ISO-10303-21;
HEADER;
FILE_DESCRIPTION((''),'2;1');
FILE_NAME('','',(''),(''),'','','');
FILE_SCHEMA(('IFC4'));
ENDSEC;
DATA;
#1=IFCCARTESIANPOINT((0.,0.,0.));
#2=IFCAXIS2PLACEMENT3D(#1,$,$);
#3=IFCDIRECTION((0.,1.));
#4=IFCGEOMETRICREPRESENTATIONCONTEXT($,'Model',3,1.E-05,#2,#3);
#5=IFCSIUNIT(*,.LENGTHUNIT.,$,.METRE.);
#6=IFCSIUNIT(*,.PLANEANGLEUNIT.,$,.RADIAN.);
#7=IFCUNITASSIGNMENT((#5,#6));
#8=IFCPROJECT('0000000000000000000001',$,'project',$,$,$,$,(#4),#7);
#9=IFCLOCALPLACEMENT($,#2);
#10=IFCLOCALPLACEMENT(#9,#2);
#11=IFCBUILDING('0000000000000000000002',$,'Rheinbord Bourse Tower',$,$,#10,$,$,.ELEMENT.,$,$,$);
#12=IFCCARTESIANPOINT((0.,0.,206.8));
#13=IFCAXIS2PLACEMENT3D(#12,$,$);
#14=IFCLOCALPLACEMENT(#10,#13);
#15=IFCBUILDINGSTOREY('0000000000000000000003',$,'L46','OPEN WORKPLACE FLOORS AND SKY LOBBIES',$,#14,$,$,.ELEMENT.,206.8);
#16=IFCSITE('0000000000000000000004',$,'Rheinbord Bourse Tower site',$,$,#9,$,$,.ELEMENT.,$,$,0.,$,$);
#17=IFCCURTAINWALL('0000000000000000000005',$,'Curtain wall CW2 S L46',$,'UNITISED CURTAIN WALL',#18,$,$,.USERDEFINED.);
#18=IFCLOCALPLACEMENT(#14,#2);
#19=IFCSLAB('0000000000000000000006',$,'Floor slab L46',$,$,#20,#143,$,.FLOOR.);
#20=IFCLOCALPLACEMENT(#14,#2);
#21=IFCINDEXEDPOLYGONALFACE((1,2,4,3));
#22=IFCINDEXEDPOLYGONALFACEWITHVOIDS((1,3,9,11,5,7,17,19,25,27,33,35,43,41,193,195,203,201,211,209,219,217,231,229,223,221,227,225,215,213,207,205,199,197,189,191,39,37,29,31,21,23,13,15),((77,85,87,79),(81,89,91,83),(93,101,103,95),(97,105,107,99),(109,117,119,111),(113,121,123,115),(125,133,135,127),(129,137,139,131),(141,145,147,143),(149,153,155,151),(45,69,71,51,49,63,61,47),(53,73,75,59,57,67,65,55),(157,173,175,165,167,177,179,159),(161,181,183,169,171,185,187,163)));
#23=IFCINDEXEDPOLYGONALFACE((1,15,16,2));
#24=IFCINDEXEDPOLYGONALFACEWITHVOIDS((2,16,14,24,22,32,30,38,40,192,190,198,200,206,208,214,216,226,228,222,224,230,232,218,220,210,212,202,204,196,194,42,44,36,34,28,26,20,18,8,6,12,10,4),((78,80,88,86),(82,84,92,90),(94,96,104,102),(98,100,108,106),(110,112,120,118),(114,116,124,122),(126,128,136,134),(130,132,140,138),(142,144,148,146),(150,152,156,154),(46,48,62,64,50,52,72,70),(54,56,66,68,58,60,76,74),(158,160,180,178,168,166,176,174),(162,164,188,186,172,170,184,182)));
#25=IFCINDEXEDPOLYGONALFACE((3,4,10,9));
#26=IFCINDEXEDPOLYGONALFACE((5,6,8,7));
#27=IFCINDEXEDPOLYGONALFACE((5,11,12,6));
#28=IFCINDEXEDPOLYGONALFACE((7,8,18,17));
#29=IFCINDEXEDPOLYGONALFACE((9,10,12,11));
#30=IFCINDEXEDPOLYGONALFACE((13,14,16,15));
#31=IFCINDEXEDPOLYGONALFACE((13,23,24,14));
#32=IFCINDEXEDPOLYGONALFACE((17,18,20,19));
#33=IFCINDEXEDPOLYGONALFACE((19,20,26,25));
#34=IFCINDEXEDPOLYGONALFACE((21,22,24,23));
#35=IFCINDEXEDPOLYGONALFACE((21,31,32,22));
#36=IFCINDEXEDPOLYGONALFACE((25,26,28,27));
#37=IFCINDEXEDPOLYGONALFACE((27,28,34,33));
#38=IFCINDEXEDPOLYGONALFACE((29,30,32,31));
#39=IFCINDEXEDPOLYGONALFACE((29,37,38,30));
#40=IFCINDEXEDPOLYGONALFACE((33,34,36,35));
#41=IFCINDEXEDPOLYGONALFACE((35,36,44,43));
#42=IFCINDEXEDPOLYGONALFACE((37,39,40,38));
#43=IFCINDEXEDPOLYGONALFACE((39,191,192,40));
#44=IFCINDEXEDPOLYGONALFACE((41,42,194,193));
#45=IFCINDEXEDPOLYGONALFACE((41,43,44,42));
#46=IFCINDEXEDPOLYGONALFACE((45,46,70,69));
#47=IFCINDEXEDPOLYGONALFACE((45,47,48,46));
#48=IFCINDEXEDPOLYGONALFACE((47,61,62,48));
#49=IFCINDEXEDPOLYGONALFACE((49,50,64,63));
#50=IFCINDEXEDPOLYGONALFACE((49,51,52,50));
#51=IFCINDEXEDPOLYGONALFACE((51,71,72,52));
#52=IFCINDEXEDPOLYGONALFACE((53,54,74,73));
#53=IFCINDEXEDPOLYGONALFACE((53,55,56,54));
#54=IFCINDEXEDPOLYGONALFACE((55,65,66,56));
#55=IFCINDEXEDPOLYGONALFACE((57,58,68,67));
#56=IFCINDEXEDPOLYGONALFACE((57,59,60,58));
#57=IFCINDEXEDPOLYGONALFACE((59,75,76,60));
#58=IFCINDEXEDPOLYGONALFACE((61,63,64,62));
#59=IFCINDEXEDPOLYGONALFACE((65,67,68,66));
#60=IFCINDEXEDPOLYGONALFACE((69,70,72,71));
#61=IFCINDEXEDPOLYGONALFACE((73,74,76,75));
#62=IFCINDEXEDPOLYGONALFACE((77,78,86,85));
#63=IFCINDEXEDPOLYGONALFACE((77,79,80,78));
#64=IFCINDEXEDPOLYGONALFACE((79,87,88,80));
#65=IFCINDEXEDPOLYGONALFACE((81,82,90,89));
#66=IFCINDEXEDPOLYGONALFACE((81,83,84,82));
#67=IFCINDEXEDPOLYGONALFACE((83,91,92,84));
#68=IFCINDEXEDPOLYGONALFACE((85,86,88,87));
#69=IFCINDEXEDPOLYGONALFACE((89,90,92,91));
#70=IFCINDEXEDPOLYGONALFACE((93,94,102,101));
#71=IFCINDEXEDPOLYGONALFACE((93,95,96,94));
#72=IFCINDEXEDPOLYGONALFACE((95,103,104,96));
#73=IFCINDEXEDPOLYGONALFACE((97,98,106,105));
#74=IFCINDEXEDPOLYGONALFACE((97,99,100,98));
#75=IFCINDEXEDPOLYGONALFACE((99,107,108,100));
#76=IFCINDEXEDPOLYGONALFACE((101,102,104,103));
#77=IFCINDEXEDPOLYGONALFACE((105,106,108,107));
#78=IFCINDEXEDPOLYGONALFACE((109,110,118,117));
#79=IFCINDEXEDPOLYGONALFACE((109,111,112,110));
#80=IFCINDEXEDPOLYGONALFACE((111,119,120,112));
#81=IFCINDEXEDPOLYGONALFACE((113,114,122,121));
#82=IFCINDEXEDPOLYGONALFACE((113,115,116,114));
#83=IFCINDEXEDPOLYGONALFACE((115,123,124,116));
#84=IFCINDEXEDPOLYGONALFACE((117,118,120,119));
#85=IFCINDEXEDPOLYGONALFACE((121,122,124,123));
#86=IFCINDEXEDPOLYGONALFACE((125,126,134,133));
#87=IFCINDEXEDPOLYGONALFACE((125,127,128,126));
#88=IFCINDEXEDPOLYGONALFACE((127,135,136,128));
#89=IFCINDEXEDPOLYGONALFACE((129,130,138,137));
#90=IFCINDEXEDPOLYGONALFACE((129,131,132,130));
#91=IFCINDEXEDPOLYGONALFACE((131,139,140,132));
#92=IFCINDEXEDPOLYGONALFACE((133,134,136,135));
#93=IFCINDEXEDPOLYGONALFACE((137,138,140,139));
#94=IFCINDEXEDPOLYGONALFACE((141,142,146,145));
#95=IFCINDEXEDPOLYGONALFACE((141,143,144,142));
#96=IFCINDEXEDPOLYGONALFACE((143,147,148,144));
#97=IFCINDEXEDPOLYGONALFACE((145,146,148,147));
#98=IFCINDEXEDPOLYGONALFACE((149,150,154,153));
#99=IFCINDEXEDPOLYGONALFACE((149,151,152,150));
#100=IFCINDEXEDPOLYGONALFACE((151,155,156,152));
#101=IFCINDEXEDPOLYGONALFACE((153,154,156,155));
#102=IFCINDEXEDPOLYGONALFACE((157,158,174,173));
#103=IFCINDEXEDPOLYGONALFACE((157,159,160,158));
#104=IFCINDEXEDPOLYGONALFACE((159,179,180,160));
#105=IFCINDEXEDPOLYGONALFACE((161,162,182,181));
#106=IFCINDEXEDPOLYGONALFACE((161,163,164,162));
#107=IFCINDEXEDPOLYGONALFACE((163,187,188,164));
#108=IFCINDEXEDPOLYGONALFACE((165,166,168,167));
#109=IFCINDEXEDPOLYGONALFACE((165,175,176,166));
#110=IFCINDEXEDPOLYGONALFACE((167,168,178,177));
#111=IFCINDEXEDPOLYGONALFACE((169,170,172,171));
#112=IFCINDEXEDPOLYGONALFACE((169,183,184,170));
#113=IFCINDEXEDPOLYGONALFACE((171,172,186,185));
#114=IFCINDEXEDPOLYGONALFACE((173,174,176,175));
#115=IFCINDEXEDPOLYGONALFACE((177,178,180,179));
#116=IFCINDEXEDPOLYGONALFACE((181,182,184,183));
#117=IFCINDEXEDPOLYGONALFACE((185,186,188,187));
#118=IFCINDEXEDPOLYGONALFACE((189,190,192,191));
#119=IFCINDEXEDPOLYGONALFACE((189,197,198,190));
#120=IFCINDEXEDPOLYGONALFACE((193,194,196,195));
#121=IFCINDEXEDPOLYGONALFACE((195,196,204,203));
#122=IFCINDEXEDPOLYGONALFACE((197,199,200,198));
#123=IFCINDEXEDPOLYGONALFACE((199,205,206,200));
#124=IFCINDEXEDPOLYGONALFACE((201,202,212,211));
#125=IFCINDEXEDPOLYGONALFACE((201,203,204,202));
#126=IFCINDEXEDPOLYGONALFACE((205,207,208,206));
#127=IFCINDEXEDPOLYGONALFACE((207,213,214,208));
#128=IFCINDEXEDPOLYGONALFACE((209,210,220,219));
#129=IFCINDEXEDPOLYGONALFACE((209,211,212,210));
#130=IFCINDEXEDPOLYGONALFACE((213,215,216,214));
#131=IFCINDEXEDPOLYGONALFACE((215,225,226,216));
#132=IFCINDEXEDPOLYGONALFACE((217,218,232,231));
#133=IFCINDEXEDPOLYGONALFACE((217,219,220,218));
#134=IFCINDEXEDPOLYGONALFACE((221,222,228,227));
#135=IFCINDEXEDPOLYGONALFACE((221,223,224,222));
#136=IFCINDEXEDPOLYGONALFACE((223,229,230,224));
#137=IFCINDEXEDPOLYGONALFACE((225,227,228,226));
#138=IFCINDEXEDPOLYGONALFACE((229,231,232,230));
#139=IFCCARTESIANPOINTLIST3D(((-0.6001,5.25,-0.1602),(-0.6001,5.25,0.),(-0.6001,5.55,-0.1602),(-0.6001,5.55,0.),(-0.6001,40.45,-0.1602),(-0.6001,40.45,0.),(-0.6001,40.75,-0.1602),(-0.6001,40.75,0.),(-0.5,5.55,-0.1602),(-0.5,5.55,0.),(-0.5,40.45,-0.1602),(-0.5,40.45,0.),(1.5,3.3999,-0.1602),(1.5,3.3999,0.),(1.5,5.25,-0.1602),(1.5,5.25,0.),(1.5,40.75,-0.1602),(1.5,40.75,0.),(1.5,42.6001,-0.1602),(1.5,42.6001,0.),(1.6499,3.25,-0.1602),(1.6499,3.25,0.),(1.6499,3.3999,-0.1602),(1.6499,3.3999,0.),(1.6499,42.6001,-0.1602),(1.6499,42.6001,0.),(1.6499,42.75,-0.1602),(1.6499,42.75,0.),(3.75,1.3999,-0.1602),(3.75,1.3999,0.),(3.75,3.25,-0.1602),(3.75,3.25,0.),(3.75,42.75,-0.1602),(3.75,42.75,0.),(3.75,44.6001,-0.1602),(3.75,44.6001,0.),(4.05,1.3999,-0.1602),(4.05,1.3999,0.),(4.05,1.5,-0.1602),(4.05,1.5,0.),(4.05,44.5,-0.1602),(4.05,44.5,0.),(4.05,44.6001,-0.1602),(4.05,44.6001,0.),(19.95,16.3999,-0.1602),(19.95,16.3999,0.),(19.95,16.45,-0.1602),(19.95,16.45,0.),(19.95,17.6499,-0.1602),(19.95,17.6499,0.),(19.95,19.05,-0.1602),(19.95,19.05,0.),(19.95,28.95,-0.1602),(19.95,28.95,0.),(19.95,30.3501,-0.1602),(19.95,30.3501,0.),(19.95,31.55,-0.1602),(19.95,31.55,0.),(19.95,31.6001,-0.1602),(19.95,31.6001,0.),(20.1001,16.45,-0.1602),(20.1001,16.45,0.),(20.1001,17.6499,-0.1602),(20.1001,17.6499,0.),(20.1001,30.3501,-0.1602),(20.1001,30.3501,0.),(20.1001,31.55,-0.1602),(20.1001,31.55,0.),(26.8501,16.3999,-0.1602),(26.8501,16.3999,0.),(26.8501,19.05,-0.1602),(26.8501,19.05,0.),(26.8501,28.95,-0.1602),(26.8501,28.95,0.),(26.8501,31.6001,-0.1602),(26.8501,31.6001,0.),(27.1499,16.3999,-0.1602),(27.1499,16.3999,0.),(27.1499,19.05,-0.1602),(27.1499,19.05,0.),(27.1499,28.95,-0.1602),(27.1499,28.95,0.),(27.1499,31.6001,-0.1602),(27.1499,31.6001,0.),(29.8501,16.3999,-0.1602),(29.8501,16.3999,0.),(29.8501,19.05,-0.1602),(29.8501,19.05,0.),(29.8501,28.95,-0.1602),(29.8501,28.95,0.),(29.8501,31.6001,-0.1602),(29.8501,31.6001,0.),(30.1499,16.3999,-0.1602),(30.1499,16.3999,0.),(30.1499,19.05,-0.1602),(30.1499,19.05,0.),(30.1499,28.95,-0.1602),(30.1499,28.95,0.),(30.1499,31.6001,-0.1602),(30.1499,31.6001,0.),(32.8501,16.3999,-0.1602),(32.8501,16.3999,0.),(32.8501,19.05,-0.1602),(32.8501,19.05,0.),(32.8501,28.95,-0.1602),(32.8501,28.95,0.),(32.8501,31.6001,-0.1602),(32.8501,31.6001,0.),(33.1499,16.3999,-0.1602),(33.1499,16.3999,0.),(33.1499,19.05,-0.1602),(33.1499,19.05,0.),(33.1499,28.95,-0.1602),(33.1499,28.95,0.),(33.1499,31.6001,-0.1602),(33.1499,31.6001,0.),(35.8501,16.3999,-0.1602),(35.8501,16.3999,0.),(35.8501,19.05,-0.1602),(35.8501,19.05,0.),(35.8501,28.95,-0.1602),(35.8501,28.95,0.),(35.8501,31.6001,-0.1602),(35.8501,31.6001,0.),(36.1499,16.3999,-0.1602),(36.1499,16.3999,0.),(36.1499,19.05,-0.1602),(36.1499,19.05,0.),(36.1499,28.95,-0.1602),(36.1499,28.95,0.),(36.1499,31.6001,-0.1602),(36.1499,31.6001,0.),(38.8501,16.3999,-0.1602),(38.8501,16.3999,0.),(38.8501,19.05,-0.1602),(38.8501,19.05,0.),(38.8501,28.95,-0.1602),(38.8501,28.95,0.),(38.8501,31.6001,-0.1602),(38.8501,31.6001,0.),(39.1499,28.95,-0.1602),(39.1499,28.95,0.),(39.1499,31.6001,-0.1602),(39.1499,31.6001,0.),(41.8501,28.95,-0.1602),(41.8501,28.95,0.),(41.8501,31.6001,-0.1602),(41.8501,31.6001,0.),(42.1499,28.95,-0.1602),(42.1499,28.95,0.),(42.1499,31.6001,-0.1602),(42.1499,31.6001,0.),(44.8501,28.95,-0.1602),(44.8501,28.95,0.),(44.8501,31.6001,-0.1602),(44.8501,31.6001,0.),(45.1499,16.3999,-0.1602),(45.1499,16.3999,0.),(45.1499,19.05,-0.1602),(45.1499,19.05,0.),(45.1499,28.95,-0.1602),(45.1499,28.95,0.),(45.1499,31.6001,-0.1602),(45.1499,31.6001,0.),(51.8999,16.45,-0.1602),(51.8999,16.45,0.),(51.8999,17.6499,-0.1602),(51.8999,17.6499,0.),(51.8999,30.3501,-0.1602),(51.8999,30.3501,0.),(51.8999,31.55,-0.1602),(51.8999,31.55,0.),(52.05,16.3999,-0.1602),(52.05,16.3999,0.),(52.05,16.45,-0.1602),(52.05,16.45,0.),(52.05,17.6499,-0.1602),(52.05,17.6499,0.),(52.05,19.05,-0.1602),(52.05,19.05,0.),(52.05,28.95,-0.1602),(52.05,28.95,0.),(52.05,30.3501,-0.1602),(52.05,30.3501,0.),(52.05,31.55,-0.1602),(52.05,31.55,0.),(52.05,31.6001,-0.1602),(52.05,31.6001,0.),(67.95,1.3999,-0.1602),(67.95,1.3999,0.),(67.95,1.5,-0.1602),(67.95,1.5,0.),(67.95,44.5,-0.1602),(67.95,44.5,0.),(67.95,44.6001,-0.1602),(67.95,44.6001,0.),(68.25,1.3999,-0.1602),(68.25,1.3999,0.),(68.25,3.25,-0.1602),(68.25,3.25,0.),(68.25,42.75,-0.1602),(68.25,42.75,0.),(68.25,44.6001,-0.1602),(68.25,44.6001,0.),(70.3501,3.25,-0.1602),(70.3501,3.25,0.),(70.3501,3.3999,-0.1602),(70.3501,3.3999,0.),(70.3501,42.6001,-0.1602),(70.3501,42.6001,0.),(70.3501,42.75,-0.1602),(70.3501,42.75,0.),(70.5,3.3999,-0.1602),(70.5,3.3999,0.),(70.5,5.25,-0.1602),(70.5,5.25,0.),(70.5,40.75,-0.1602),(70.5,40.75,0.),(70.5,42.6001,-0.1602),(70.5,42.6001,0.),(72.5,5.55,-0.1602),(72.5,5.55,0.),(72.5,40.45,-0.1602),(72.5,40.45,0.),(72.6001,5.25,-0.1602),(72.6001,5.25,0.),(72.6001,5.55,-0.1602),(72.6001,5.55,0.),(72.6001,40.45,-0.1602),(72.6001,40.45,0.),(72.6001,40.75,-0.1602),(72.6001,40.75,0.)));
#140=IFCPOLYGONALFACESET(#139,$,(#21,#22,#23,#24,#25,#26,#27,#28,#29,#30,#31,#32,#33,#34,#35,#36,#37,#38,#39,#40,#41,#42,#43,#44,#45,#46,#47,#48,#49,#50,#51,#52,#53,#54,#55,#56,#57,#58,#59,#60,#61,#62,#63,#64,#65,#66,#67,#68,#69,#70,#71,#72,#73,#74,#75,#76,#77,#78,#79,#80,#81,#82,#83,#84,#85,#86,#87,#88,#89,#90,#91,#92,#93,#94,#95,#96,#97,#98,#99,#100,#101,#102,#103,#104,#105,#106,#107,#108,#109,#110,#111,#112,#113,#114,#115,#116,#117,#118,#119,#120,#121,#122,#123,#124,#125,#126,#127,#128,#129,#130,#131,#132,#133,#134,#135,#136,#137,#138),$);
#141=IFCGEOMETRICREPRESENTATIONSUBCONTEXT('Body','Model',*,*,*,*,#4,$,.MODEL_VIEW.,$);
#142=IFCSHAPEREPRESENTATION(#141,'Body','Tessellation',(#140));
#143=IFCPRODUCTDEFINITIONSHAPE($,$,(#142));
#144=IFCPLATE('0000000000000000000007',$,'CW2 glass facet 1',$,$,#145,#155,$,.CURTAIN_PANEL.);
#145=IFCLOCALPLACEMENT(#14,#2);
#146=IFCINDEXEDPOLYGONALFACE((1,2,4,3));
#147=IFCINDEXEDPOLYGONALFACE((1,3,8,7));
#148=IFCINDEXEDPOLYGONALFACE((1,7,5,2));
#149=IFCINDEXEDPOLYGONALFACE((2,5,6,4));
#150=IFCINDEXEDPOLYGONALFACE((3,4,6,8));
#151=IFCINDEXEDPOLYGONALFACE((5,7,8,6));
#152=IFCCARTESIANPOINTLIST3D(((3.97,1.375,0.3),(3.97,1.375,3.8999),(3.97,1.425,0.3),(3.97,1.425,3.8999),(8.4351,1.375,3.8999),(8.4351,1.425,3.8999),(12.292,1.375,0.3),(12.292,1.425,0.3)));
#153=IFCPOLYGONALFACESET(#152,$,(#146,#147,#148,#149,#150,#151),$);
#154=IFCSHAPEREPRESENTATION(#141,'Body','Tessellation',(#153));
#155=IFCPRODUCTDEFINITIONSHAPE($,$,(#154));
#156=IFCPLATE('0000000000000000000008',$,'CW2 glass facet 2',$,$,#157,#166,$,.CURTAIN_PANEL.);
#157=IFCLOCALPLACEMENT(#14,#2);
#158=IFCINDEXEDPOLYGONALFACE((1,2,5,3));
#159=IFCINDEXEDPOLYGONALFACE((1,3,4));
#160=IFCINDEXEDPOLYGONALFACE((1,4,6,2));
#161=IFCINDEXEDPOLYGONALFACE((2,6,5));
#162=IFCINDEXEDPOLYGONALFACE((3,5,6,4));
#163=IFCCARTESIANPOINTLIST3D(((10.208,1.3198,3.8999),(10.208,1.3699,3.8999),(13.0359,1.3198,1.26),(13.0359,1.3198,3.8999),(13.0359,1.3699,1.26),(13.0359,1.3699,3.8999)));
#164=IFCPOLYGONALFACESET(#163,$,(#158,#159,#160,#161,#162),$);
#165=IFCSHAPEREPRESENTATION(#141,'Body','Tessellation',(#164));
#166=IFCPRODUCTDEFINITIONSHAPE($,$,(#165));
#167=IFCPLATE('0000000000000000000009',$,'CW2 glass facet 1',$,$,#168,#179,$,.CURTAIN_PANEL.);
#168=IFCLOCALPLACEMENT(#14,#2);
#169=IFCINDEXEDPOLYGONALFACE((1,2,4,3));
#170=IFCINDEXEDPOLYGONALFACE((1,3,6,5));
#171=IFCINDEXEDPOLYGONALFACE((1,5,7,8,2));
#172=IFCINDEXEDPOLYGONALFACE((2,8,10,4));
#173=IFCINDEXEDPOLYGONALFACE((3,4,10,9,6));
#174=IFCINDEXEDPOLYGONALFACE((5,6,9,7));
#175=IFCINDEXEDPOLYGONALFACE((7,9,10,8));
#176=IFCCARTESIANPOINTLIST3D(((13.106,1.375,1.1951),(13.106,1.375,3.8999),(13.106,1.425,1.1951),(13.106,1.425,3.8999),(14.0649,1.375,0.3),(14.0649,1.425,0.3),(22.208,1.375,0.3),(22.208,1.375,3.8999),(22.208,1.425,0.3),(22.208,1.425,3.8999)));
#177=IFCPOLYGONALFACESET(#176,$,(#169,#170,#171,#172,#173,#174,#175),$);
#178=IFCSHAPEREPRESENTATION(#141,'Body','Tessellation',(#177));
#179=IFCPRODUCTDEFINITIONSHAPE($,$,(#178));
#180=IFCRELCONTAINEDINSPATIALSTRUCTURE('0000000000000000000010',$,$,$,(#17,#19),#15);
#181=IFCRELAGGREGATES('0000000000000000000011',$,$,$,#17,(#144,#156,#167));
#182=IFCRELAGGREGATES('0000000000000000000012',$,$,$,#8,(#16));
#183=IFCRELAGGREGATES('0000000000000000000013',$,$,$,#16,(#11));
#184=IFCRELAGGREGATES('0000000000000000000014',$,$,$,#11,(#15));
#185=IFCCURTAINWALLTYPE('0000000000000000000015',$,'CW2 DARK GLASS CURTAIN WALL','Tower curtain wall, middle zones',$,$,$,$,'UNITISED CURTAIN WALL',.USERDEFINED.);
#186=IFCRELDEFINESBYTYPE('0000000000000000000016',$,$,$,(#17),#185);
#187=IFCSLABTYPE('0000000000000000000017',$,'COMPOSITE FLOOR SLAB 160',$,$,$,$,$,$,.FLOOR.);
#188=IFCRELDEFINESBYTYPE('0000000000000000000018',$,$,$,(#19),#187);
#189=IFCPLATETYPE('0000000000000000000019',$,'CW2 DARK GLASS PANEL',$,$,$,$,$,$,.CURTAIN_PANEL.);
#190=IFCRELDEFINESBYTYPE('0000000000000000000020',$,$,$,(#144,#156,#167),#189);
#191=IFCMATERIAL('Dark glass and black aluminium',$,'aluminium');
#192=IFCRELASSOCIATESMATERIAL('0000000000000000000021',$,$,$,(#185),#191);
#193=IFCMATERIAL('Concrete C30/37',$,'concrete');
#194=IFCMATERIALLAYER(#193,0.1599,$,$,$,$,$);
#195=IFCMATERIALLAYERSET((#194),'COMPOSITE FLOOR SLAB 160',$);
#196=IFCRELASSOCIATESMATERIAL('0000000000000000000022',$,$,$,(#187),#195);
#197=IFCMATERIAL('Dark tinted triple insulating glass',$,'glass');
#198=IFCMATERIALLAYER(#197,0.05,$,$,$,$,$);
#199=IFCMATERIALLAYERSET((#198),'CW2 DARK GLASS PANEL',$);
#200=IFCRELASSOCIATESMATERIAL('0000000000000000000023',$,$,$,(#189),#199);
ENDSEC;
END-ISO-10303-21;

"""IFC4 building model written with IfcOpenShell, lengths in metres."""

from ifc_helpers import new_model, si_unit, direction, frame, origin, place, context, subcontext, project, spatial, polyline, outline, extrude, material, layer, layer_set, type_object, element, aggregate, save


model = new_model("IFC4")

# Units and contexts
model_context = context("Model", 3, precision=1e-05, world=origin(), true_north=direction((0.0, 1.0)))
body_context = subcontext(model_context, "Body", "Model", "MODEL_VIEW")
ifc_project = project(units=[si_unit("LENGTHUNIT", "METRE"), si_unit("PLANEANGLEUNIT", "RADIAN")], contexts=[model_context])

# Site, building, storey
site_placement = place(None, origin())
site = spatial("IfcSite", under=ifc_project, at=site_placement, Name="Rheinbord Bourse Tower site", CompositionType="ELEMENT", RefElevation=0.0)
building_placement = place(site_placement, origin())
building = spatial("IfcBuilding", under=site, at=building_placement, Name="Rheinbord Bourse Tower", CompositionType="ELEMENT")
storey_placement = place(building_placement, frame((0.0, 0.0, 206.8)))
storey = spatial("IfcBuildingStorey", under=building, at=storey_placement, Name="L46", Description="OPEN WORKPLACE FLOORS AND SKY LOBBIES", CompositionType="ELEMENT", Elevation=206.8)

# Curtain wall
ifc_material_1 = material(Name="Dark glass and black aluminium", Category="aluminium")
curtain_wall_type = type_object("IfcCurtainWallType", Name="CW2 DARK GLASS CURTAIN WALL", Description="Tower curtain wall, middle zones", ElementType="UNITISED CURTAIN WALL", PredefinedType="USERDEFINED", material=ifc_material_1)
curtain_wall_1_placement = place(storey_placement, origin())
curtain_wall_1 = element("IfcCurtainWall", 1, at=curtain_wall_1_placement, inside=storey, type_object=curtain_wall_type, Name="Curtain wall CW2 S L46", ObjectType="UNITISED CURTAIN WALL", PredefinedType="USERDEFINED")

# Slab
ifc_material_2 = material(Name="Concrete C30/37", Category="concrete")
ifc_layer_1 = layer(ifc_material_2, 0.1599)
ifc_layer_set_1 = layer_set([ifc_layer_1], Name="COMPOSITE FLOOR SLAB 160")
slab_type_1 = type_object("IfcSlabType", Name="COMPOSITE FLOOR SLAB 160", PredefinedType="FLOOR", material=ifc_layer_set_1)
slab_1_placement = place(storey_placement, frame((0.0, 0.0, -0.1602)))
element("IfcSlab", 2, at=slab_1_placement, inside=storey, type_object=slab_type_1, Name="Floor slab L46", PredefinedType="FLOOR", context=body_context, shape_type="SweptSolid", body=[
    extrude(outline(polyline([(1.6499, 3.3999), (1.5, 3.3999), (1.5, 5.25), (-0.6001, 5.25), (-0.6001, 5.55), (-0.5, 5.55), (-0.5, 40.45), (-0.6001, 40.45), (-0.6001, 40.75), (1.5, 40.75), (1.5, 42.6001), (1.6499, 42.6001), (1.6499, 42.75), (3.75, 42.75), (3.75, 44.6001), (4.05, 44.6001), (4.05, 44.5), (67.95, 44.5), (67.95, 44.6001), (68.25, 44.6001), (68.25, 42.75), (70.3501, 42.75), (70.3501, 42.6001), (70.5, 42.6001), (70.5, 40.75), (72.6001, 40.75), (72.6001, 40.45), (72.5, 40.45), (72.5, 5.55), (72.6001, 5.55), (72.6001, 5.25), (70.5, 5.25), (70.5, 3.3999), (70.3501, 3.3999), (70.3501, 3.25), (68.25, 3.25), (68.25, 1.3999), (67.95, 1.3999), (67.95, 1.5), (4.05, 1.5), (4.05, 1.3999), (3.75, 1.3999), (3.75, 3.25), (1.6499, 3.25), (1.6499, 3.3999)]), holes=[polyline([(19.95, 19.05), (26.8501, 19.05), (26.8501, 16.3999), (19.95, 16.3999), (19.95, 16.45), (20.1001, 16.45), (20.1001, 17.6499), (19.95, 17.6499), (19.95, 19.05)]), polyline([(19.95, 31.6001), (26.8501, 31.6001), (26.8501, 28.95), (19.95, 28.95), (19.95, 30.3501), (20.1001, 30.3501), (20.1001, 31.55), (19.95, 31.55), (19.95, 31.6001)]), polyline([(52.05, 16.3999), (45.1499, 16.3999), (45.1499, 19.05), (52.05, 19.05), (52.05, 17.6499), (51.8999, 17.6499), (51.8999, 16.45), (52.05, 16.45), (52.05, 16.3999)]), polyline([(52.05, 28.95), (45.1499, 28.95), (45.1499, 31.6001), (52.05, 31.6001), (52.05, 31.55), (51.8999, 31.55), (51.8999, 30.3501), (52.05, 30.3501), (52.05, 28.95)]), polyline([(27.1499, 16.3999), (27.1499, 19.05), (29.8501, 19.05), (29.8501, 16.3999), (27.1499, 16.3999)]), polyline([(27.1499, 28.95), (27.1499, 31.6001), (29.8501, 31.6001), (29.8501, 28.95), (27.1499, 28.95)]), polyline([(30.1499, 16.3999), (30.1499, 19.05), (32.8501, 19.05), (32.8501, 16.3999), (30.1499, 16.3999)]), polyline([(30.1499, 28.95), (30.1499, 31.6001), (32.8501, 31.6001), (32.8501, 28.95), (30.1499, 28.95)]), polyline([(33.1499, 16.3999), (33.1499, 19.05), (35.8501, 19.05), (35.8501, 16.3999), (33.1499, 16.3999)]), polyline([(33.1499, 28.95), (33.1499, 31.6001), (35.8501, 31.6001), (35.8501, 28.95), (33.1499, 28.95)]), polyline([(36.1499, 16.3999), (36.1499, 19.05), (38.8501, 19.05), (38.8501, 16.3999), (36.1499, 16.3999)]), polyline([(36.1499, 28.95), (36.1499, 31.6001), (38.8501, 31.6001), (38.8501, 28.95), (36.1499, 28.95)]), polyline([(39.1499, 28.95), (39.1499, 31.6001), (41.8501, 31.6001), (41.8501, 28.95), (39.1499, 28.95)]), polyline([(42.1499, 28.95), (42.1499, 31.6001), (44.8501, 31.6001), (44.8501, 28.95), (42.1499, 28.95)])]), origin(), (0.0, 0.0, 1.0), 0.1602),
])

# Plates
ifc_material_3 = material(Name="Dark tinted triple insulating glass", Category="glass")
ifc_layer_2 = layer(ifc_material_3, 0.05)
ifc_layer_set_2 = layer_set([ifc_layer_2], Name="CW2 DARK GLASS PANEL")
plate_type = type_object("IfcPlateType", Name="CW2 DARK GLASS PANEL", PredefinedType="CURTAIN_PANEL", material=ifc_layer_set_2)
plate_1_placement = place(storey_placement, frame((3.97, 1.375, 0.3), z_axis=(0.0, 1.0, 0.0), x_axis=(0.0, 0.0, 1.0)))
plate_1 = element("IfcPlate", 3, at=plate_1_placement, type_object=plate_type, Name="CW2 glass facet 1", PredefinedType="CURTAIN_PANEL", context=body_context, shape_type="SweptSolid", body=[
    extrude(outline(polyline([(0.0, 0.0), (3.5999, 0.0), (3.5999, 4.4651), (0.0, 8.322), (0.0, 0.0)])), origin(), (0.0, 0.0, 1.0), 0.05),
])
plate_2_placement = place(storey_placement, frame((13.0359, 1.3198, 3.8999), z_axis=(0.0, 1.0, 0.0), x_axis=(0.0, 0.0, -1.0)))
plate_2 = element("IfcPlate", 4, at=plate_2_placement, type_object=plate_type, Name="CW2 glass facet 2", PredefinedType="CURTAIN_PANEL", context=body_context, shape_type="SweptSolid", body=[
    extrude(outline(polyline([(0.0, 0.0), (2.6399, 0.0), (0.0, 2.8279), (0.0, 0.0)])), origin(), (0.0, 0.0, 1.0), 0.05),
])
plate_3_placement = place(storey_placement, frame((13.106, 1.375, 3.8999), z_axis=(0.0, 1.0, 0.0), x_axis=(1.0, 0.0, 0.0)))
plate_3 = element("IfcPlate", 5, at=plate_3_placement, type_object=plate_type, Name="CW2 glass facet 1", PredefinedType="CURTAIN_PANEL", context=body_context, shape_type="SweptSolid", body=[
    extrude(outline(polyline([(0.0, 0.0), (9.1021, 0.0), (9.1021, 3.5999), (0.959, 3.5999), (0.0, 2.7048), (0.0, 0.0)])), origin(), (0.0, 0.0, 1.0), 0.05),
])
aggregate(curtain_wall_1, [plate_1, plate_2, plate_3])

save(model, "model.ifc")
